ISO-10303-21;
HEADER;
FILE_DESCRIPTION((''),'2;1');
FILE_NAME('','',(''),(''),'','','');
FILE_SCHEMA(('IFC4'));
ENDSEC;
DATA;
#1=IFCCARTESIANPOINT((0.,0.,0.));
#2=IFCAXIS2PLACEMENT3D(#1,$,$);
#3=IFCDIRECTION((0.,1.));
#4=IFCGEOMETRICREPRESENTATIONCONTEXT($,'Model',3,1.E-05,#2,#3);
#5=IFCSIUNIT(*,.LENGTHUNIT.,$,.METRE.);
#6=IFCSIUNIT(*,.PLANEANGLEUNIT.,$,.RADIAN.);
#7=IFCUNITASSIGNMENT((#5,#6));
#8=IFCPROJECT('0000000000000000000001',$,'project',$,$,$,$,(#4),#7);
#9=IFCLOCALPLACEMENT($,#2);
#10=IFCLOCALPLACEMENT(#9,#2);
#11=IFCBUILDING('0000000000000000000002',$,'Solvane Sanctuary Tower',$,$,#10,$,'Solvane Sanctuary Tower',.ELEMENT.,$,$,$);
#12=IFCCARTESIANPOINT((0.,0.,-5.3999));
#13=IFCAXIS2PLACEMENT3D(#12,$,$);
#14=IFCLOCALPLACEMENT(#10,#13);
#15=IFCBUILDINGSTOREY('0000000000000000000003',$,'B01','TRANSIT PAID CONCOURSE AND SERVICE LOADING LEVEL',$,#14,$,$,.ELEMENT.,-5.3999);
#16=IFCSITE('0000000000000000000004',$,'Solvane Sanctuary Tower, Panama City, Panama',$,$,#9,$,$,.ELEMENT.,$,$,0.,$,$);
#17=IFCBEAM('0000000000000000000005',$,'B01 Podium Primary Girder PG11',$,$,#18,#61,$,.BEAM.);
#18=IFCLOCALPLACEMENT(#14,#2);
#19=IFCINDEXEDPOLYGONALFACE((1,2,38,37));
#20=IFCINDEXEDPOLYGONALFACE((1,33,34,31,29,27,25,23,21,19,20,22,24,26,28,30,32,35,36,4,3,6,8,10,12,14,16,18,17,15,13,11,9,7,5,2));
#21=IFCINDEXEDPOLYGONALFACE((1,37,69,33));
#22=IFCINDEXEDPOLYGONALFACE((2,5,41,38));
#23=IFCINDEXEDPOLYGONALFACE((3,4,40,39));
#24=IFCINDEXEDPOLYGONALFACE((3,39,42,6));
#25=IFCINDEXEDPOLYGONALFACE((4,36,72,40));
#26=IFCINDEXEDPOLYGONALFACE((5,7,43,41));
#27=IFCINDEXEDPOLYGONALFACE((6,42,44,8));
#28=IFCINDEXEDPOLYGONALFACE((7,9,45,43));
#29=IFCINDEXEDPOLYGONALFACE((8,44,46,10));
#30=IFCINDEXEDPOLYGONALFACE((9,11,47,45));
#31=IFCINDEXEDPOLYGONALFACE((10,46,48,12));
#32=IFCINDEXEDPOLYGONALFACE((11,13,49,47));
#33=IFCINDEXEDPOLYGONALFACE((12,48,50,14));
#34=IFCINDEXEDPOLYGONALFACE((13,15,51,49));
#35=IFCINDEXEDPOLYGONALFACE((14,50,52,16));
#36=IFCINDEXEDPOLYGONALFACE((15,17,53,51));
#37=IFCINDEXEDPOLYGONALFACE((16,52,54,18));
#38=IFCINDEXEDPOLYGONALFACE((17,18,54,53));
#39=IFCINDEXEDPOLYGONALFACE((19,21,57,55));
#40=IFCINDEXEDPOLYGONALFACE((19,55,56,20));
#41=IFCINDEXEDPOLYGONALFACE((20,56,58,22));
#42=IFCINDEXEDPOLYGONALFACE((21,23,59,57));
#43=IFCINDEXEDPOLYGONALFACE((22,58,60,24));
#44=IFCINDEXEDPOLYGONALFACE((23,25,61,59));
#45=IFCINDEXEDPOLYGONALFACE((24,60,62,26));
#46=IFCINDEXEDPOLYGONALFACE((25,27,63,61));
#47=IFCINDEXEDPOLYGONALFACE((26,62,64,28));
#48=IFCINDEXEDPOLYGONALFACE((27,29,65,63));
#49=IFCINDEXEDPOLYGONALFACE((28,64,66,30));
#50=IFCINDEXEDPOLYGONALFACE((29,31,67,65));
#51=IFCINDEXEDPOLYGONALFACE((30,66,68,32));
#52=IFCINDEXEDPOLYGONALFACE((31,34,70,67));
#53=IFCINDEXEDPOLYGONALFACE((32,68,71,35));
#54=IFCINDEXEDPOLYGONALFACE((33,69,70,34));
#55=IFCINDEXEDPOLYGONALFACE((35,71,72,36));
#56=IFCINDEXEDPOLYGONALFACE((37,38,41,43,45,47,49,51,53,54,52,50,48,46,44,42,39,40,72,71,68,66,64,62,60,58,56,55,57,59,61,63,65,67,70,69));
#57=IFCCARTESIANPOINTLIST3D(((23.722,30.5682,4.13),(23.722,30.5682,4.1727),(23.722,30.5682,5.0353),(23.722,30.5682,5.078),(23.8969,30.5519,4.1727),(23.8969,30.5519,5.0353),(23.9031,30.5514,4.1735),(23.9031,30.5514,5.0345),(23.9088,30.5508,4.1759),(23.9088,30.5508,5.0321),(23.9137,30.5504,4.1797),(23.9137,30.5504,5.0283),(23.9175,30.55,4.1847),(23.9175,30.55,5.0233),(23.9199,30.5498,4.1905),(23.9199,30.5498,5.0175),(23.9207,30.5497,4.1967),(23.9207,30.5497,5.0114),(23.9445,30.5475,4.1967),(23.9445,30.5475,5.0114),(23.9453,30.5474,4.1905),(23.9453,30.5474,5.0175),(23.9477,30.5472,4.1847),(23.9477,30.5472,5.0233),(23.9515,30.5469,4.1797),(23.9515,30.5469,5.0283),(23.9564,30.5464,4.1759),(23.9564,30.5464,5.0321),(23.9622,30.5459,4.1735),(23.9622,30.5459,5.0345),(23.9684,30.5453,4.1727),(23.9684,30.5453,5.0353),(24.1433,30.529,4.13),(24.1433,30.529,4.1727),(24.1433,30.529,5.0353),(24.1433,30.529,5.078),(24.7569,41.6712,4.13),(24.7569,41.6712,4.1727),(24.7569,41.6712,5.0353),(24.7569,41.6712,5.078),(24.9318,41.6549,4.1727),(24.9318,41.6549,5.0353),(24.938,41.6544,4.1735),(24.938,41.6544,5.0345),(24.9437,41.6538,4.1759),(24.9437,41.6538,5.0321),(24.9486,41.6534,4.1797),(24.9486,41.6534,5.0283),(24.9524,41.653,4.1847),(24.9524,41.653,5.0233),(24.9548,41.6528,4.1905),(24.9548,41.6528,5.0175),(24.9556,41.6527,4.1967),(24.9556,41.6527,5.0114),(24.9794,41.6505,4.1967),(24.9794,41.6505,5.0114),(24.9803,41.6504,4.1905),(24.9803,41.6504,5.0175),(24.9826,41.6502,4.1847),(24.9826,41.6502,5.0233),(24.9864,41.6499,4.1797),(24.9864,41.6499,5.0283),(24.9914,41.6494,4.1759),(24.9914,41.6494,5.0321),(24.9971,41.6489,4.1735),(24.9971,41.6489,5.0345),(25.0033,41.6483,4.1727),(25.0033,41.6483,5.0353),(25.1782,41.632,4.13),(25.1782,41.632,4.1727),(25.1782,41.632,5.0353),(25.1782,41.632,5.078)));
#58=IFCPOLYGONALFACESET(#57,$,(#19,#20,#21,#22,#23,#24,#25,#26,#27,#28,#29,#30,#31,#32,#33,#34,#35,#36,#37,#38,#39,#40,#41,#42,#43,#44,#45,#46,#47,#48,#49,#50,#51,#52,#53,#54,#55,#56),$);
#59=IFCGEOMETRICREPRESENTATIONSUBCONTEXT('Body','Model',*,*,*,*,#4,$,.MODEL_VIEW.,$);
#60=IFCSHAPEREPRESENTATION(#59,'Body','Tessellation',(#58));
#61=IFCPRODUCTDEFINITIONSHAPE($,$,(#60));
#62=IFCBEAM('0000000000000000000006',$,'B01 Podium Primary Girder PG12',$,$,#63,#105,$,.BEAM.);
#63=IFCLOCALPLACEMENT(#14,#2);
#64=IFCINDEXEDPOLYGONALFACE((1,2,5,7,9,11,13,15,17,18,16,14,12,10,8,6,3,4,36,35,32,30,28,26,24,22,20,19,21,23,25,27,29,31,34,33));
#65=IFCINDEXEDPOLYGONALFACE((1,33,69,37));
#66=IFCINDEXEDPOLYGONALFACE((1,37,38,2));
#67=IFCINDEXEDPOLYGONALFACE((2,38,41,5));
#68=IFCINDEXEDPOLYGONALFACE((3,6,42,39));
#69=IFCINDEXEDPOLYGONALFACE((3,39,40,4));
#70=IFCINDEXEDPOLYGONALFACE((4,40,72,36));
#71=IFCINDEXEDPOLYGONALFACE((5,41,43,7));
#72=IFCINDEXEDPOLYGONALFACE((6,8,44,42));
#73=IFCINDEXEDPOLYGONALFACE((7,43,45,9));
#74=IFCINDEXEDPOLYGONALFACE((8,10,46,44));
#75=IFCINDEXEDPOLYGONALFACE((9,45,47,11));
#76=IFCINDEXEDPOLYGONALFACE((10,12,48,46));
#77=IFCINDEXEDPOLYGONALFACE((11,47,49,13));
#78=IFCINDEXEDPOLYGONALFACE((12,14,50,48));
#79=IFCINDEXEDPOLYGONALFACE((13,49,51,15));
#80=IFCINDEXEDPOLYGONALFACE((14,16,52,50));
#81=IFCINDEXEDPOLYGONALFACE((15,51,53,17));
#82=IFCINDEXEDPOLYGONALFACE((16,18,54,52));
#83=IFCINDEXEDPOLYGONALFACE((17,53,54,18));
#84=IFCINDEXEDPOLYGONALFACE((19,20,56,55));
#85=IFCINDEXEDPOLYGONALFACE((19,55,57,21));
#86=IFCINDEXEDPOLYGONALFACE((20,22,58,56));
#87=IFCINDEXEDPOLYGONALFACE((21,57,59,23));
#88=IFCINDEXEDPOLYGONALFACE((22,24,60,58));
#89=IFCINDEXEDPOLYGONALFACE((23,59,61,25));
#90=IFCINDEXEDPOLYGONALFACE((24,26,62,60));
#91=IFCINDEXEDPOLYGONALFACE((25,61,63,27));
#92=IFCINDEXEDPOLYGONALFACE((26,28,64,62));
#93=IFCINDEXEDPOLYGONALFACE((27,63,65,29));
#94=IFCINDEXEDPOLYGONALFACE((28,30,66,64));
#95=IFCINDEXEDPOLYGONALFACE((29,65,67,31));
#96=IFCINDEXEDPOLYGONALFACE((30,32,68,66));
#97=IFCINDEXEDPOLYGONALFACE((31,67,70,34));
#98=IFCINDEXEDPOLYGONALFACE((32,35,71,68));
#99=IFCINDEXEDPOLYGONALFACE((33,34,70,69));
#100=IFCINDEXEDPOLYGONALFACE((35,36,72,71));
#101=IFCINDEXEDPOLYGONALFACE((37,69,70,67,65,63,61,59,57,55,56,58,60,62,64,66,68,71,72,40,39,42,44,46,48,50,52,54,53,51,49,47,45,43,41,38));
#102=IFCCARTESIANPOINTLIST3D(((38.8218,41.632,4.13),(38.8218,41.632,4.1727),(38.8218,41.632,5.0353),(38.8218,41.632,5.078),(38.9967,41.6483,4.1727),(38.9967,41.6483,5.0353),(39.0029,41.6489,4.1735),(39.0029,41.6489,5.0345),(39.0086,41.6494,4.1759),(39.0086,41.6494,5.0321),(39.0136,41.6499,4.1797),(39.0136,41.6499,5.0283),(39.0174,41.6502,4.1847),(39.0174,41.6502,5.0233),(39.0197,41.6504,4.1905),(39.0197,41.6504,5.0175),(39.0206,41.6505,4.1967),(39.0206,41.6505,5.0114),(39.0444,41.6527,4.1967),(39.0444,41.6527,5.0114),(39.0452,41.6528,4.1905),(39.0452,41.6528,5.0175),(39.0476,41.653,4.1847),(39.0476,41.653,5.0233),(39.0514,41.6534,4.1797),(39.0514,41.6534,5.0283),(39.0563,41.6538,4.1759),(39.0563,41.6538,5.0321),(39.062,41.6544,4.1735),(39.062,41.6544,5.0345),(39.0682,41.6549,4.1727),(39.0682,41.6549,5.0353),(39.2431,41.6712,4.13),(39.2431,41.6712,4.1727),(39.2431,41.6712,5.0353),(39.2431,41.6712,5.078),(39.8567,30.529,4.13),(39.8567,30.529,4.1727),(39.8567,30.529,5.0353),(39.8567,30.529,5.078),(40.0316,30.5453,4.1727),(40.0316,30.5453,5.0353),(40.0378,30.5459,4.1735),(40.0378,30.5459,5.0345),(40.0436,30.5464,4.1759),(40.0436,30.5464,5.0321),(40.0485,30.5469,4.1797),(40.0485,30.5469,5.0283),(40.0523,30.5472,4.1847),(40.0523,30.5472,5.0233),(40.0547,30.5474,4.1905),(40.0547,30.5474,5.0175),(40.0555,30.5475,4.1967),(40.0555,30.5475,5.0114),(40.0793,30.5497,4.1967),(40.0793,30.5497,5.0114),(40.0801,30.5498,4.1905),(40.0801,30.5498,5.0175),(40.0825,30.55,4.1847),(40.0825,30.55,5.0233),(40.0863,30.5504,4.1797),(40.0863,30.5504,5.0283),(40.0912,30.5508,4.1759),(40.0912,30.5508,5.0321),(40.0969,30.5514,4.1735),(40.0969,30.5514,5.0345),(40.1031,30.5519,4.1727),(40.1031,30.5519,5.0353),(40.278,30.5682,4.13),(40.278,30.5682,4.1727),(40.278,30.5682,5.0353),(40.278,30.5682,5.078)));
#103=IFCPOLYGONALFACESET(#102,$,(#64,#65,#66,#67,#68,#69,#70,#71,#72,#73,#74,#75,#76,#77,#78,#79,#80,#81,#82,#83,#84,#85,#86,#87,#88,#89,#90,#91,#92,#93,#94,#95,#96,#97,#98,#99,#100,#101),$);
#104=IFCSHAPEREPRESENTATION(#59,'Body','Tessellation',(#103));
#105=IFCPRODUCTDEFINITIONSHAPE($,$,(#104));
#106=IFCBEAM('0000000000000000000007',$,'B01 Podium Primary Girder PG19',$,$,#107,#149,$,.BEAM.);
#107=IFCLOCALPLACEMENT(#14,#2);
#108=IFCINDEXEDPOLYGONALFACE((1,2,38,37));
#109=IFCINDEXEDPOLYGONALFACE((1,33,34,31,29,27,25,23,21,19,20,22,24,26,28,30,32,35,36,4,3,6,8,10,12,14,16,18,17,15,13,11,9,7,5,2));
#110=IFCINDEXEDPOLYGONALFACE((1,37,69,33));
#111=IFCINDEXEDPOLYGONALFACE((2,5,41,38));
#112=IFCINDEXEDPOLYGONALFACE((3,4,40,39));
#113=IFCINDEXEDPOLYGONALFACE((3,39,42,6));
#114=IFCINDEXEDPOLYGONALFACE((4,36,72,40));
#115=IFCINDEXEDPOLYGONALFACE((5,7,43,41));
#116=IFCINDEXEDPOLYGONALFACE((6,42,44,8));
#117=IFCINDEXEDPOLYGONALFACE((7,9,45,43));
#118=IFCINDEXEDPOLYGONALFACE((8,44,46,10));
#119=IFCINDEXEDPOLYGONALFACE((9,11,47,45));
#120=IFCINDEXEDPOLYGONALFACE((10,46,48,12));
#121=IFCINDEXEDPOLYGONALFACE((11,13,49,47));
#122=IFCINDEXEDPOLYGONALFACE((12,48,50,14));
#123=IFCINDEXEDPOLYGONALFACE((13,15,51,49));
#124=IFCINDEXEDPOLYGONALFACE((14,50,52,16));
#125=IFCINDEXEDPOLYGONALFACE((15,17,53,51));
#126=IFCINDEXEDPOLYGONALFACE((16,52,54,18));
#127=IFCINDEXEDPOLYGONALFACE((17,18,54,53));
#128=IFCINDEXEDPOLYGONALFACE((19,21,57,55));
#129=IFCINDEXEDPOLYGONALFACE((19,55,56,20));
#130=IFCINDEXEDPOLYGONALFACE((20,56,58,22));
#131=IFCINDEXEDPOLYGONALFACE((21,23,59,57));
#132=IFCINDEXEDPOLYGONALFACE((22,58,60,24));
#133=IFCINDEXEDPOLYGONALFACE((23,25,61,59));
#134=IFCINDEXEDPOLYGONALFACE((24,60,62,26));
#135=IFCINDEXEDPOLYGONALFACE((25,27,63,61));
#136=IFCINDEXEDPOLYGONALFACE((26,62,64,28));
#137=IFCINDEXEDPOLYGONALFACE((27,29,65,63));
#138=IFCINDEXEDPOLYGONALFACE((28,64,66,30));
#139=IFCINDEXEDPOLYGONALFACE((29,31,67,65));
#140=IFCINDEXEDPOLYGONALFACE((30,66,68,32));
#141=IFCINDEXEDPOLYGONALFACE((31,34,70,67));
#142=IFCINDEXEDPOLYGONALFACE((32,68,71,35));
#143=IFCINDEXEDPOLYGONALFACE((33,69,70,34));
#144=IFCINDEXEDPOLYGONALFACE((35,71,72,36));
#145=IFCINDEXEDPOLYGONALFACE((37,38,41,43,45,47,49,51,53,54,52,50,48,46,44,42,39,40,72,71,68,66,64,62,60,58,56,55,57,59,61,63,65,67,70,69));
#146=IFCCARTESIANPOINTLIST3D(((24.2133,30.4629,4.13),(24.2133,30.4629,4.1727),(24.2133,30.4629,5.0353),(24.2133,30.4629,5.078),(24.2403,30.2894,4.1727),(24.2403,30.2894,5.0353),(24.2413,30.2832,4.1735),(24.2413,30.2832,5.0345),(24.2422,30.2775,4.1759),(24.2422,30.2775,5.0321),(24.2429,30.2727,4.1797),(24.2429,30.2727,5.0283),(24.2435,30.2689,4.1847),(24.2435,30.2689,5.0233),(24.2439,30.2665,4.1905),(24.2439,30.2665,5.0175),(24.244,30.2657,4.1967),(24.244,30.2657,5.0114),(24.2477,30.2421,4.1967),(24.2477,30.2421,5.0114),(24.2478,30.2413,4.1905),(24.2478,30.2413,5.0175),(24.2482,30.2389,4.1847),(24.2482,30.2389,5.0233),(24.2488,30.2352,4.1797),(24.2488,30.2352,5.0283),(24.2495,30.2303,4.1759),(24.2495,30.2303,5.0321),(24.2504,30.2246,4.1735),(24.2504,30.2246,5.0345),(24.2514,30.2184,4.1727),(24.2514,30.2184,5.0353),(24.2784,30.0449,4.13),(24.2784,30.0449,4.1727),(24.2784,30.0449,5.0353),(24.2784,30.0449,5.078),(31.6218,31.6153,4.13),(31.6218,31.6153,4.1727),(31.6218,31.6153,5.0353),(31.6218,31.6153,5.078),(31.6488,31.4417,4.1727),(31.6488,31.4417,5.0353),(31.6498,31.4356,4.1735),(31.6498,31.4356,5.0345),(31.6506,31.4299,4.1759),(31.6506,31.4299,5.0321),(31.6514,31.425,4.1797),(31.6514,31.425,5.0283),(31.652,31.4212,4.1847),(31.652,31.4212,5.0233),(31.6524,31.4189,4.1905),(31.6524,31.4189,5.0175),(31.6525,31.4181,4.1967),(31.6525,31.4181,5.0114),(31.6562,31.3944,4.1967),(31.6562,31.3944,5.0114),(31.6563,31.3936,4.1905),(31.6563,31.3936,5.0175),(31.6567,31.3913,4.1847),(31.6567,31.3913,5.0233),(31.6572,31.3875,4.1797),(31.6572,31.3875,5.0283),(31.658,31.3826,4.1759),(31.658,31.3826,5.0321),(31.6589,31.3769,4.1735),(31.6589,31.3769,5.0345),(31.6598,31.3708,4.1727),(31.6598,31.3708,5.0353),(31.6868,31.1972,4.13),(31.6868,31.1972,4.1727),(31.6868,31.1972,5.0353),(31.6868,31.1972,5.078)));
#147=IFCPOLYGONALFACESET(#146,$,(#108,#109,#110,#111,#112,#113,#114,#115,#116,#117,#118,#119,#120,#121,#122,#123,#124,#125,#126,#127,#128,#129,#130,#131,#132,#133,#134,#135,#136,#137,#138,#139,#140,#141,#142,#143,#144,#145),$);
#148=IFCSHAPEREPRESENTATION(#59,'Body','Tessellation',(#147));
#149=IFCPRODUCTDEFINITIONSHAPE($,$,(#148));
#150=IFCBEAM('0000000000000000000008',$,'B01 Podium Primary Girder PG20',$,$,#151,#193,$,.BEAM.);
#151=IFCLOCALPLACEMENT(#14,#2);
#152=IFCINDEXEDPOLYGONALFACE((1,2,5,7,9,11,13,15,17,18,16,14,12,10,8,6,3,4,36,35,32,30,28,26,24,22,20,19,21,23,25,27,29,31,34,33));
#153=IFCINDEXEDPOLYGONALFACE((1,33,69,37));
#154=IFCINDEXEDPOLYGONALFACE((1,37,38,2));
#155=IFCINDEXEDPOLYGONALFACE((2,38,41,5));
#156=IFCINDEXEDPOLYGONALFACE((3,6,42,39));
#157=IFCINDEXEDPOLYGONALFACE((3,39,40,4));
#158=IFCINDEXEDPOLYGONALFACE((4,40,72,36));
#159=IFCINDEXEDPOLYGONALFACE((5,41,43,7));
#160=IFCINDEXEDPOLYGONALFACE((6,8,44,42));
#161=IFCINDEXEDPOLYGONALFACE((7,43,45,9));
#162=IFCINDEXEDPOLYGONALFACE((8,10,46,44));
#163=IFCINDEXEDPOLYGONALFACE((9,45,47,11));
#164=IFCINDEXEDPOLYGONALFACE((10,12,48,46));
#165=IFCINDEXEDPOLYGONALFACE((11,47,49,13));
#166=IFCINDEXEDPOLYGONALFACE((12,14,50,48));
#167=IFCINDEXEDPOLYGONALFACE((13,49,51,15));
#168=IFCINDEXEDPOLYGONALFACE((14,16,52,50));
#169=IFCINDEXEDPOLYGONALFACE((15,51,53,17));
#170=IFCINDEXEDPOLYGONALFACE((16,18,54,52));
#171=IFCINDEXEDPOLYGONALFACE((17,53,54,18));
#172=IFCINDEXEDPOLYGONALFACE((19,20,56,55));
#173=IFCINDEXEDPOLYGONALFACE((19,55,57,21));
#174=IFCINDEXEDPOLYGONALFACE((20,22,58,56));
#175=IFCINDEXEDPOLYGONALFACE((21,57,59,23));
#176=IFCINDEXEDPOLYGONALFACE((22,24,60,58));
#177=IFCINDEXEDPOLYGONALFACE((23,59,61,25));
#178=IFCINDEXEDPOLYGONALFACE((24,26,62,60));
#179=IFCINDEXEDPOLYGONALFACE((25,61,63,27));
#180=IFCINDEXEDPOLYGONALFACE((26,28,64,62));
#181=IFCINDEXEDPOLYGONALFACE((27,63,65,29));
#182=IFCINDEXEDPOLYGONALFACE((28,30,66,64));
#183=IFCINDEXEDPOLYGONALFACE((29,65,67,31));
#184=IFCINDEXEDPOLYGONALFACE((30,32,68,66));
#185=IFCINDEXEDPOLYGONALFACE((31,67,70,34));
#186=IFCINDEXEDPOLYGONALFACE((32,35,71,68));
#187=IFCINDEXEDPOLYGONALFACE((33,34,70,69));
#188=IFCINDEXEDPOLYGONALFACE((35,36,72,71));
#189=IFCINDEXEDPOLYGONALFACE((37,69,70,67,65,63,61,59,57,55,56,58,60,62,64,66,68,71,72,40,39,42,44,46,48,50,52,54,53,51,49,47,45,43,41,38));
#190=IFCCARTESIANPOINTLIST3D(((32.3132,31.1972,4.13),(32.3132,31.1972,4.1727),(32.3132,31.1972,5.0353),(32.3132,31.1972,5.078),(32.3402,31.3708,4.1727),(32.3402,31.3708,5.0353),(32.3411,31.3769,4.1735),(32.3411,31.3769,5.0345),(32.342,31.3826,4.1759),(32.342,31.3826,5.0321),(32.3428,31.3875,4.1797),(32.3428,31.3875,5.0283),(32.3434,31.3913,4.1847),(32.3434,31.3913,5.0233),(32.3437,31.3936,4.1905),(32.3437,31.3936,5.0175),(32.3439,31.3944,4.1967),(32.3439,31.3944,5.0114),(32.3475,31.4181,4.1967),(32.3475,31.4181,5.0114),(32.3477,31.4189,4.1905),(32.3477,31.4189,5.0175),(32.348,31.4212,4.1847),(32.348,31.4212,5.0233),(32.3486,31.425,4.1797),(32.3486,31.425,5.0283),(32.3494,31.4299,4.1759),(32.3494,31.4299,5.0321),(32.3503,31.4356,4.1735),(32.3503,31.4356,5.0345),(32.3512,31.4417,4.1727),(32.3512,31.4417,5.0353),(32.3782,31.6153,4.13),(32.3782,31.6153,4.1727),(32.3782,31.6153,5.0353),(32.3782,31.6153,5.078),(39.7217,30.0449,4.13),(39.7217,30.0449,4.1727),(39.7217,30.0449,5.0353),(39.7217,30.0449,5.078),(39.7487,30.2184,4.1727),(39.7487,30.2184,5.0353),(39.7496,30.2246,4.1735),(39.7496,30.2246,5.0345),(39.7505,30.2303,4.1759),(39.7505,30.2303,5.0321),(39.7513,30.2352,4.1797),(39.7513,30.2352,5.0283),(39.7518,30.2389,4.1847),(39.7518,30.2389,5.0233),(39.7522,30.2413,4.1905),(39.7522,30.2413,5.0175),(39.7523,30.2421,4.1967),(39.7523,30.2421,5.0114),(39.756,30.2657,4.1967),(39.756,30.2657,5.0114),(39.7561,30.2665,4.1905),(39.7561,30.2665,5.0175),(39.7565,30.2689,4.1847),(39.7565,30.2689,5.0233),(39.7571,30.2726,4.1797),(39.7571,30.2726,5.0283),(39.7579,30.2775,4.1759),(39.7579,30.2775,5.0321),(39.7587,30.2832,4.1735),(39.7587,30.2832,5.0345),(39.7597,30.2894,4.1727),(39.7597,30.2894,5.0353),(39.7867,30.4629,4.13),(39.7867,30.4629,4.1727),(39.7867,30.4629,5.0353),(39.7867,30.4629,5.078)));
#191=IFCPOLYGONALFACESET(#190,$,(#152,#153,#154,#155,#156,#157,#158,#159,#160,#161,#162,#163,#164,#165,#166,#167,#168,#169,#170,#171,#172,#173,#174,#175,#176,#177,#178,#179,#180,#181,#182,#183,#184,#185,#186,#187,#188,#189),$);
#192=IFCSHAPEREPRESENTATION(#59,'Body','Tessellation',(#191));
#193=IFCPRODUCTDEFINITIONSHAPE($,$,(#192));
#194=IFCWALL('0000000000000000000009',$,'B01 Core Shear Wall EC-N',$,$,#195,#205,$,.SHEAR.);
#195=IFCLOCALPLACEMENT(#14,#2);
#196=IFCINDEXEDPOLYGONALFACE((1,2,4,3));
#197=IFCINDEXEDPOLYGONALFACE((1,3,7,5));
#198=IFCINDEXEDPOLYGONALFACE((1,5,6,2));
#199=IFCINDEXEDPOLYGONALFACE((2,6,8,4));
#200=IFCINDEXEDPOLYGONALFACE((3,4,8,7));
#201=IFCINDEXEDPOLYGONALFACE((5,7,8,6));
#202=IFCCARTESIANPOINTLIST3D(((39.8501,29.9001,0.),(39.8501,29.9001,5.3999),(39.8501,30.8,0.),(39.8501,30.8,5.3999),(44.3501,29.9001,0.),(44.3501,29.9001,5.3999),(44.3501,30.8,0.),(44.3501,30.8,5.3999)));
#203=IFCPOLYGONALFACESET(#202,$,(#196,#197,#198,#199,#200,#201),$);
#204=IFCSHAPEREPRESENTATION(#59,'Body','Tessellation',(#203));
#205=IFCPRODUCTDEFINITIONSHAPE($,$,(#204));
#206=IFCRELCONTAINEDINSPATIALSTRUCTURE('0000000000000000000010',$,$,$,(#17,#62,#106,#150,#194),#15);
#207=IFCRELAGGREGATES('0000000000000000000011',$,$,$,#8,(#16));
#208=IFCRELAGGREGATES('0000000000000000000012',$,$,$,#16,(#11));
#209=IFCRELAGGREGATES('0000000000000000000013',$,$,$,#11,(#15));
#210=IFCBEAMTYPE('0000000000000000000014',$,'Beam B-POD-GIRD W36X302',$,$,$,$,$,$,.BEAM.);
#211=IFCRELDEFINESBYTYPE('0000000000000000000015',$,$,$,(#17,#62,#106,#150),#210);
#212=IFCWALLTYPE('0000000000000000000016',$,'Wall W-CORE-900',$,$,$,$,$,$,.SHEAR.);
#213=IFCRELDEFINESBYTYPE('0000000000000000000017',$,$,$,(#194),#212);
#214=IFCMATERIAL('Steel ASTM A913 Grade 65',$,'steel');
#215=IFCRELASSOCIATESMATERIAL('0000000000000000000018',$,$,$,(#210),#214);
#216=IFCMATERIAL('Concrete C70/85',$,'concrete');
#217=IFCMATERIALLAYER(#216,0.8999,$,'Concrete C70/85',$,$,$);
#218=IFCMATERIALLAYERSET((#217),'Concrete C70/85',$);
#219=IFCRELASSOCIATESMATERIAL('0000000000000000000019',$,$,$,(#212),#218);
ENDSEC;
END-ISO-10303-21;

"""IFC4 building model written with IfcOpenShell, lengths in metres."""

from ifc_helpers import new_model, si_unit, direction, frame, frame_2d, origin, origin_2d, place, context, subcontext, project, spatial, rectangle, i_section, extrude, material, layer, layer_set, material_profile, profile_set, type_object, element, save


model = new_model("IFC4")

# Units and contexts
model_context = context("Model", 3, precision=1e-05, world=origin(), true_north=direction((0.0, 1.0)))
body_context = subcontext(model_context, "Body", "Model", "MODEL_VIEW")
ifc_project = project(units=[si_unit("LENGTHUNIT", "METRE"), si_unit("PLANEANGLEUNIT", "RADIAN")], contexts=[model_context])

# Site, building, storey
site_placement = place(None, origin())
site = spatial("IfcSite", under=ifc_project, at=site_placement, Name="Solvane Sanctuary Tower, Panama City, Panama", CompositionType="ELEMENT", RefElevation=0.0)
building_placement = place(site_placement, origin())
building = spatial("IfcBuilding", under=site, at=building_placement, Name="Solvane Sanctuary Tower", LongName="Solvane Sanctuary Tower", CompositionType="ELEMENT")
storey_placement = place(building_placement, frame((0.0, 0.0, -5.3999)))
storey = spatial("IfcBuildingStorey", under=building, at=storey_placement, Name="B01", Description="TRANSIT PAID CONCOURSE AND SERVICE LOADING LEVEL", CompositionType="ELEMENT", Elevation=-5.3999)

# Shared definitions
ifc_material_1 = material(Name="Concrete C70/85", Category="concrete")

# Beams
ifc_material_2 = material(Name="Steel ASTM A913 Grade 65", Category="steel")
ifc_material_profile_1 = material_profile(ifc_material_2, i_section(OverallWidth=0.4231, OverallDepth=0.948, WebThickness=0.0239, FlangeThickness=0.0427, FilletRadius=0.0239, at=origin_2d()), Name="W36X302")
ifc_profile_set_1 = profile_set([ifc_material_profile_1], Name="Steel ASTM A913 Grade 65")
beam_type = type_object("IfcBeamType", Name="Beam B-POD-GIRD W36X302", PredefinedType="BEAM", material=ifc_profile_set_1)
for number, where, z_axis, x_axis, name in (
    (1, (24.9675, 41.6516, 4.604), (-0.092808, -0.995684, 0.0), (0.995684, -0.092808, 0.0), "B01 Podium Primary Girder PG11"),
    (2, (39.0325, 41.6516, 4.604), (0.092808, -0.995684, 0.0), (0.995684, 0.092808, 0.0), "B01 Podium Primary Girder PG12"),
):
    element("IfcBeam", number, at=place(storey_placement, frame(where, z_axis=z_axis, x_axis=x_axis)), inside=storey, type_object=beam_type, Name=name, PredefinedType="BEAM", context=body_context, shape_type="SweptSolid", body=[
        extrude(i_section(OverallWidth=0.4231, OverallDepth=0.948, WebThickness=0.0239, FlangeThickness=0.0427, FilletRadius=0.0239, at=origin_2d()), origin(), (0.0, 0.0, 1.0), 11.1511),
    ])
for number, where, z_axis, x_axis, name in (
    (3, (24.2458, 30.2539, 4.604), (0.988118, 0.153696, 0.0), (-0.153696, 0.988118, 0.0), "B01 Podium Primary Girder PG19"),
    (4, (32.3457, 31.4062, 4.604), (0.988118, -0.153696, 0.0), (0.153696, 0.988118, 0.0), "B01 Podium Primary Girder PG20"),
):
    element("IfcBeam", number, at=place(storey_placement, frame(where, z_axis=z_axis, x_axis=x_axis)), inside=storey, type_object=beam_type, Name=name, PredefinedType="BEAM", context=body_context, shape_type="SweptSolid", body=[
        extrude(i_section(OverallWidth=0.4231, OverallDepth=0.948, WebThickness=0.0239, FlangeThickness=0.0427, FilletRadius=0.0239, at=origin_2d()), origin(), (0.0, 0.0, 1.0), 7.4976),
    ])

# Wall
ifc_layer_1 = layer(ifc_material_1, 0.8999, Name="Concrete C70/85")
ifc_layer_set_1 = layer_set([ifc_layer_1], Name="Concrete C70/85")
wall_type_1 = type_object("IfcWallType", Name="Wall W-CORE-900", PredefinedType="SHEAR", material=ifc_layer_set_1)
wall_1_placement = place(storey_placement, frame((39.8501, 30.3501, 0.0), z_axis=(0.0, 0.0, 1.0), x_axis=(1.0, 0.0, 0.0)))
element("IfcWall", 5, at=wall_1_placement, inside=storey, type_object=wall_type_1, Name="B01 Core Shear Wall EC-N", PredefinedType="SHEAR", context=body_context, shape_type="SweptSolid", body=[
    extrude(rectangle(XDim=4.5, YDim=0.8999, at=frame_2d((2.25, 0.0))), origin(), (0.0, 0.0, 1.0), 5.3999),
])

save(model, "model.ifc")
